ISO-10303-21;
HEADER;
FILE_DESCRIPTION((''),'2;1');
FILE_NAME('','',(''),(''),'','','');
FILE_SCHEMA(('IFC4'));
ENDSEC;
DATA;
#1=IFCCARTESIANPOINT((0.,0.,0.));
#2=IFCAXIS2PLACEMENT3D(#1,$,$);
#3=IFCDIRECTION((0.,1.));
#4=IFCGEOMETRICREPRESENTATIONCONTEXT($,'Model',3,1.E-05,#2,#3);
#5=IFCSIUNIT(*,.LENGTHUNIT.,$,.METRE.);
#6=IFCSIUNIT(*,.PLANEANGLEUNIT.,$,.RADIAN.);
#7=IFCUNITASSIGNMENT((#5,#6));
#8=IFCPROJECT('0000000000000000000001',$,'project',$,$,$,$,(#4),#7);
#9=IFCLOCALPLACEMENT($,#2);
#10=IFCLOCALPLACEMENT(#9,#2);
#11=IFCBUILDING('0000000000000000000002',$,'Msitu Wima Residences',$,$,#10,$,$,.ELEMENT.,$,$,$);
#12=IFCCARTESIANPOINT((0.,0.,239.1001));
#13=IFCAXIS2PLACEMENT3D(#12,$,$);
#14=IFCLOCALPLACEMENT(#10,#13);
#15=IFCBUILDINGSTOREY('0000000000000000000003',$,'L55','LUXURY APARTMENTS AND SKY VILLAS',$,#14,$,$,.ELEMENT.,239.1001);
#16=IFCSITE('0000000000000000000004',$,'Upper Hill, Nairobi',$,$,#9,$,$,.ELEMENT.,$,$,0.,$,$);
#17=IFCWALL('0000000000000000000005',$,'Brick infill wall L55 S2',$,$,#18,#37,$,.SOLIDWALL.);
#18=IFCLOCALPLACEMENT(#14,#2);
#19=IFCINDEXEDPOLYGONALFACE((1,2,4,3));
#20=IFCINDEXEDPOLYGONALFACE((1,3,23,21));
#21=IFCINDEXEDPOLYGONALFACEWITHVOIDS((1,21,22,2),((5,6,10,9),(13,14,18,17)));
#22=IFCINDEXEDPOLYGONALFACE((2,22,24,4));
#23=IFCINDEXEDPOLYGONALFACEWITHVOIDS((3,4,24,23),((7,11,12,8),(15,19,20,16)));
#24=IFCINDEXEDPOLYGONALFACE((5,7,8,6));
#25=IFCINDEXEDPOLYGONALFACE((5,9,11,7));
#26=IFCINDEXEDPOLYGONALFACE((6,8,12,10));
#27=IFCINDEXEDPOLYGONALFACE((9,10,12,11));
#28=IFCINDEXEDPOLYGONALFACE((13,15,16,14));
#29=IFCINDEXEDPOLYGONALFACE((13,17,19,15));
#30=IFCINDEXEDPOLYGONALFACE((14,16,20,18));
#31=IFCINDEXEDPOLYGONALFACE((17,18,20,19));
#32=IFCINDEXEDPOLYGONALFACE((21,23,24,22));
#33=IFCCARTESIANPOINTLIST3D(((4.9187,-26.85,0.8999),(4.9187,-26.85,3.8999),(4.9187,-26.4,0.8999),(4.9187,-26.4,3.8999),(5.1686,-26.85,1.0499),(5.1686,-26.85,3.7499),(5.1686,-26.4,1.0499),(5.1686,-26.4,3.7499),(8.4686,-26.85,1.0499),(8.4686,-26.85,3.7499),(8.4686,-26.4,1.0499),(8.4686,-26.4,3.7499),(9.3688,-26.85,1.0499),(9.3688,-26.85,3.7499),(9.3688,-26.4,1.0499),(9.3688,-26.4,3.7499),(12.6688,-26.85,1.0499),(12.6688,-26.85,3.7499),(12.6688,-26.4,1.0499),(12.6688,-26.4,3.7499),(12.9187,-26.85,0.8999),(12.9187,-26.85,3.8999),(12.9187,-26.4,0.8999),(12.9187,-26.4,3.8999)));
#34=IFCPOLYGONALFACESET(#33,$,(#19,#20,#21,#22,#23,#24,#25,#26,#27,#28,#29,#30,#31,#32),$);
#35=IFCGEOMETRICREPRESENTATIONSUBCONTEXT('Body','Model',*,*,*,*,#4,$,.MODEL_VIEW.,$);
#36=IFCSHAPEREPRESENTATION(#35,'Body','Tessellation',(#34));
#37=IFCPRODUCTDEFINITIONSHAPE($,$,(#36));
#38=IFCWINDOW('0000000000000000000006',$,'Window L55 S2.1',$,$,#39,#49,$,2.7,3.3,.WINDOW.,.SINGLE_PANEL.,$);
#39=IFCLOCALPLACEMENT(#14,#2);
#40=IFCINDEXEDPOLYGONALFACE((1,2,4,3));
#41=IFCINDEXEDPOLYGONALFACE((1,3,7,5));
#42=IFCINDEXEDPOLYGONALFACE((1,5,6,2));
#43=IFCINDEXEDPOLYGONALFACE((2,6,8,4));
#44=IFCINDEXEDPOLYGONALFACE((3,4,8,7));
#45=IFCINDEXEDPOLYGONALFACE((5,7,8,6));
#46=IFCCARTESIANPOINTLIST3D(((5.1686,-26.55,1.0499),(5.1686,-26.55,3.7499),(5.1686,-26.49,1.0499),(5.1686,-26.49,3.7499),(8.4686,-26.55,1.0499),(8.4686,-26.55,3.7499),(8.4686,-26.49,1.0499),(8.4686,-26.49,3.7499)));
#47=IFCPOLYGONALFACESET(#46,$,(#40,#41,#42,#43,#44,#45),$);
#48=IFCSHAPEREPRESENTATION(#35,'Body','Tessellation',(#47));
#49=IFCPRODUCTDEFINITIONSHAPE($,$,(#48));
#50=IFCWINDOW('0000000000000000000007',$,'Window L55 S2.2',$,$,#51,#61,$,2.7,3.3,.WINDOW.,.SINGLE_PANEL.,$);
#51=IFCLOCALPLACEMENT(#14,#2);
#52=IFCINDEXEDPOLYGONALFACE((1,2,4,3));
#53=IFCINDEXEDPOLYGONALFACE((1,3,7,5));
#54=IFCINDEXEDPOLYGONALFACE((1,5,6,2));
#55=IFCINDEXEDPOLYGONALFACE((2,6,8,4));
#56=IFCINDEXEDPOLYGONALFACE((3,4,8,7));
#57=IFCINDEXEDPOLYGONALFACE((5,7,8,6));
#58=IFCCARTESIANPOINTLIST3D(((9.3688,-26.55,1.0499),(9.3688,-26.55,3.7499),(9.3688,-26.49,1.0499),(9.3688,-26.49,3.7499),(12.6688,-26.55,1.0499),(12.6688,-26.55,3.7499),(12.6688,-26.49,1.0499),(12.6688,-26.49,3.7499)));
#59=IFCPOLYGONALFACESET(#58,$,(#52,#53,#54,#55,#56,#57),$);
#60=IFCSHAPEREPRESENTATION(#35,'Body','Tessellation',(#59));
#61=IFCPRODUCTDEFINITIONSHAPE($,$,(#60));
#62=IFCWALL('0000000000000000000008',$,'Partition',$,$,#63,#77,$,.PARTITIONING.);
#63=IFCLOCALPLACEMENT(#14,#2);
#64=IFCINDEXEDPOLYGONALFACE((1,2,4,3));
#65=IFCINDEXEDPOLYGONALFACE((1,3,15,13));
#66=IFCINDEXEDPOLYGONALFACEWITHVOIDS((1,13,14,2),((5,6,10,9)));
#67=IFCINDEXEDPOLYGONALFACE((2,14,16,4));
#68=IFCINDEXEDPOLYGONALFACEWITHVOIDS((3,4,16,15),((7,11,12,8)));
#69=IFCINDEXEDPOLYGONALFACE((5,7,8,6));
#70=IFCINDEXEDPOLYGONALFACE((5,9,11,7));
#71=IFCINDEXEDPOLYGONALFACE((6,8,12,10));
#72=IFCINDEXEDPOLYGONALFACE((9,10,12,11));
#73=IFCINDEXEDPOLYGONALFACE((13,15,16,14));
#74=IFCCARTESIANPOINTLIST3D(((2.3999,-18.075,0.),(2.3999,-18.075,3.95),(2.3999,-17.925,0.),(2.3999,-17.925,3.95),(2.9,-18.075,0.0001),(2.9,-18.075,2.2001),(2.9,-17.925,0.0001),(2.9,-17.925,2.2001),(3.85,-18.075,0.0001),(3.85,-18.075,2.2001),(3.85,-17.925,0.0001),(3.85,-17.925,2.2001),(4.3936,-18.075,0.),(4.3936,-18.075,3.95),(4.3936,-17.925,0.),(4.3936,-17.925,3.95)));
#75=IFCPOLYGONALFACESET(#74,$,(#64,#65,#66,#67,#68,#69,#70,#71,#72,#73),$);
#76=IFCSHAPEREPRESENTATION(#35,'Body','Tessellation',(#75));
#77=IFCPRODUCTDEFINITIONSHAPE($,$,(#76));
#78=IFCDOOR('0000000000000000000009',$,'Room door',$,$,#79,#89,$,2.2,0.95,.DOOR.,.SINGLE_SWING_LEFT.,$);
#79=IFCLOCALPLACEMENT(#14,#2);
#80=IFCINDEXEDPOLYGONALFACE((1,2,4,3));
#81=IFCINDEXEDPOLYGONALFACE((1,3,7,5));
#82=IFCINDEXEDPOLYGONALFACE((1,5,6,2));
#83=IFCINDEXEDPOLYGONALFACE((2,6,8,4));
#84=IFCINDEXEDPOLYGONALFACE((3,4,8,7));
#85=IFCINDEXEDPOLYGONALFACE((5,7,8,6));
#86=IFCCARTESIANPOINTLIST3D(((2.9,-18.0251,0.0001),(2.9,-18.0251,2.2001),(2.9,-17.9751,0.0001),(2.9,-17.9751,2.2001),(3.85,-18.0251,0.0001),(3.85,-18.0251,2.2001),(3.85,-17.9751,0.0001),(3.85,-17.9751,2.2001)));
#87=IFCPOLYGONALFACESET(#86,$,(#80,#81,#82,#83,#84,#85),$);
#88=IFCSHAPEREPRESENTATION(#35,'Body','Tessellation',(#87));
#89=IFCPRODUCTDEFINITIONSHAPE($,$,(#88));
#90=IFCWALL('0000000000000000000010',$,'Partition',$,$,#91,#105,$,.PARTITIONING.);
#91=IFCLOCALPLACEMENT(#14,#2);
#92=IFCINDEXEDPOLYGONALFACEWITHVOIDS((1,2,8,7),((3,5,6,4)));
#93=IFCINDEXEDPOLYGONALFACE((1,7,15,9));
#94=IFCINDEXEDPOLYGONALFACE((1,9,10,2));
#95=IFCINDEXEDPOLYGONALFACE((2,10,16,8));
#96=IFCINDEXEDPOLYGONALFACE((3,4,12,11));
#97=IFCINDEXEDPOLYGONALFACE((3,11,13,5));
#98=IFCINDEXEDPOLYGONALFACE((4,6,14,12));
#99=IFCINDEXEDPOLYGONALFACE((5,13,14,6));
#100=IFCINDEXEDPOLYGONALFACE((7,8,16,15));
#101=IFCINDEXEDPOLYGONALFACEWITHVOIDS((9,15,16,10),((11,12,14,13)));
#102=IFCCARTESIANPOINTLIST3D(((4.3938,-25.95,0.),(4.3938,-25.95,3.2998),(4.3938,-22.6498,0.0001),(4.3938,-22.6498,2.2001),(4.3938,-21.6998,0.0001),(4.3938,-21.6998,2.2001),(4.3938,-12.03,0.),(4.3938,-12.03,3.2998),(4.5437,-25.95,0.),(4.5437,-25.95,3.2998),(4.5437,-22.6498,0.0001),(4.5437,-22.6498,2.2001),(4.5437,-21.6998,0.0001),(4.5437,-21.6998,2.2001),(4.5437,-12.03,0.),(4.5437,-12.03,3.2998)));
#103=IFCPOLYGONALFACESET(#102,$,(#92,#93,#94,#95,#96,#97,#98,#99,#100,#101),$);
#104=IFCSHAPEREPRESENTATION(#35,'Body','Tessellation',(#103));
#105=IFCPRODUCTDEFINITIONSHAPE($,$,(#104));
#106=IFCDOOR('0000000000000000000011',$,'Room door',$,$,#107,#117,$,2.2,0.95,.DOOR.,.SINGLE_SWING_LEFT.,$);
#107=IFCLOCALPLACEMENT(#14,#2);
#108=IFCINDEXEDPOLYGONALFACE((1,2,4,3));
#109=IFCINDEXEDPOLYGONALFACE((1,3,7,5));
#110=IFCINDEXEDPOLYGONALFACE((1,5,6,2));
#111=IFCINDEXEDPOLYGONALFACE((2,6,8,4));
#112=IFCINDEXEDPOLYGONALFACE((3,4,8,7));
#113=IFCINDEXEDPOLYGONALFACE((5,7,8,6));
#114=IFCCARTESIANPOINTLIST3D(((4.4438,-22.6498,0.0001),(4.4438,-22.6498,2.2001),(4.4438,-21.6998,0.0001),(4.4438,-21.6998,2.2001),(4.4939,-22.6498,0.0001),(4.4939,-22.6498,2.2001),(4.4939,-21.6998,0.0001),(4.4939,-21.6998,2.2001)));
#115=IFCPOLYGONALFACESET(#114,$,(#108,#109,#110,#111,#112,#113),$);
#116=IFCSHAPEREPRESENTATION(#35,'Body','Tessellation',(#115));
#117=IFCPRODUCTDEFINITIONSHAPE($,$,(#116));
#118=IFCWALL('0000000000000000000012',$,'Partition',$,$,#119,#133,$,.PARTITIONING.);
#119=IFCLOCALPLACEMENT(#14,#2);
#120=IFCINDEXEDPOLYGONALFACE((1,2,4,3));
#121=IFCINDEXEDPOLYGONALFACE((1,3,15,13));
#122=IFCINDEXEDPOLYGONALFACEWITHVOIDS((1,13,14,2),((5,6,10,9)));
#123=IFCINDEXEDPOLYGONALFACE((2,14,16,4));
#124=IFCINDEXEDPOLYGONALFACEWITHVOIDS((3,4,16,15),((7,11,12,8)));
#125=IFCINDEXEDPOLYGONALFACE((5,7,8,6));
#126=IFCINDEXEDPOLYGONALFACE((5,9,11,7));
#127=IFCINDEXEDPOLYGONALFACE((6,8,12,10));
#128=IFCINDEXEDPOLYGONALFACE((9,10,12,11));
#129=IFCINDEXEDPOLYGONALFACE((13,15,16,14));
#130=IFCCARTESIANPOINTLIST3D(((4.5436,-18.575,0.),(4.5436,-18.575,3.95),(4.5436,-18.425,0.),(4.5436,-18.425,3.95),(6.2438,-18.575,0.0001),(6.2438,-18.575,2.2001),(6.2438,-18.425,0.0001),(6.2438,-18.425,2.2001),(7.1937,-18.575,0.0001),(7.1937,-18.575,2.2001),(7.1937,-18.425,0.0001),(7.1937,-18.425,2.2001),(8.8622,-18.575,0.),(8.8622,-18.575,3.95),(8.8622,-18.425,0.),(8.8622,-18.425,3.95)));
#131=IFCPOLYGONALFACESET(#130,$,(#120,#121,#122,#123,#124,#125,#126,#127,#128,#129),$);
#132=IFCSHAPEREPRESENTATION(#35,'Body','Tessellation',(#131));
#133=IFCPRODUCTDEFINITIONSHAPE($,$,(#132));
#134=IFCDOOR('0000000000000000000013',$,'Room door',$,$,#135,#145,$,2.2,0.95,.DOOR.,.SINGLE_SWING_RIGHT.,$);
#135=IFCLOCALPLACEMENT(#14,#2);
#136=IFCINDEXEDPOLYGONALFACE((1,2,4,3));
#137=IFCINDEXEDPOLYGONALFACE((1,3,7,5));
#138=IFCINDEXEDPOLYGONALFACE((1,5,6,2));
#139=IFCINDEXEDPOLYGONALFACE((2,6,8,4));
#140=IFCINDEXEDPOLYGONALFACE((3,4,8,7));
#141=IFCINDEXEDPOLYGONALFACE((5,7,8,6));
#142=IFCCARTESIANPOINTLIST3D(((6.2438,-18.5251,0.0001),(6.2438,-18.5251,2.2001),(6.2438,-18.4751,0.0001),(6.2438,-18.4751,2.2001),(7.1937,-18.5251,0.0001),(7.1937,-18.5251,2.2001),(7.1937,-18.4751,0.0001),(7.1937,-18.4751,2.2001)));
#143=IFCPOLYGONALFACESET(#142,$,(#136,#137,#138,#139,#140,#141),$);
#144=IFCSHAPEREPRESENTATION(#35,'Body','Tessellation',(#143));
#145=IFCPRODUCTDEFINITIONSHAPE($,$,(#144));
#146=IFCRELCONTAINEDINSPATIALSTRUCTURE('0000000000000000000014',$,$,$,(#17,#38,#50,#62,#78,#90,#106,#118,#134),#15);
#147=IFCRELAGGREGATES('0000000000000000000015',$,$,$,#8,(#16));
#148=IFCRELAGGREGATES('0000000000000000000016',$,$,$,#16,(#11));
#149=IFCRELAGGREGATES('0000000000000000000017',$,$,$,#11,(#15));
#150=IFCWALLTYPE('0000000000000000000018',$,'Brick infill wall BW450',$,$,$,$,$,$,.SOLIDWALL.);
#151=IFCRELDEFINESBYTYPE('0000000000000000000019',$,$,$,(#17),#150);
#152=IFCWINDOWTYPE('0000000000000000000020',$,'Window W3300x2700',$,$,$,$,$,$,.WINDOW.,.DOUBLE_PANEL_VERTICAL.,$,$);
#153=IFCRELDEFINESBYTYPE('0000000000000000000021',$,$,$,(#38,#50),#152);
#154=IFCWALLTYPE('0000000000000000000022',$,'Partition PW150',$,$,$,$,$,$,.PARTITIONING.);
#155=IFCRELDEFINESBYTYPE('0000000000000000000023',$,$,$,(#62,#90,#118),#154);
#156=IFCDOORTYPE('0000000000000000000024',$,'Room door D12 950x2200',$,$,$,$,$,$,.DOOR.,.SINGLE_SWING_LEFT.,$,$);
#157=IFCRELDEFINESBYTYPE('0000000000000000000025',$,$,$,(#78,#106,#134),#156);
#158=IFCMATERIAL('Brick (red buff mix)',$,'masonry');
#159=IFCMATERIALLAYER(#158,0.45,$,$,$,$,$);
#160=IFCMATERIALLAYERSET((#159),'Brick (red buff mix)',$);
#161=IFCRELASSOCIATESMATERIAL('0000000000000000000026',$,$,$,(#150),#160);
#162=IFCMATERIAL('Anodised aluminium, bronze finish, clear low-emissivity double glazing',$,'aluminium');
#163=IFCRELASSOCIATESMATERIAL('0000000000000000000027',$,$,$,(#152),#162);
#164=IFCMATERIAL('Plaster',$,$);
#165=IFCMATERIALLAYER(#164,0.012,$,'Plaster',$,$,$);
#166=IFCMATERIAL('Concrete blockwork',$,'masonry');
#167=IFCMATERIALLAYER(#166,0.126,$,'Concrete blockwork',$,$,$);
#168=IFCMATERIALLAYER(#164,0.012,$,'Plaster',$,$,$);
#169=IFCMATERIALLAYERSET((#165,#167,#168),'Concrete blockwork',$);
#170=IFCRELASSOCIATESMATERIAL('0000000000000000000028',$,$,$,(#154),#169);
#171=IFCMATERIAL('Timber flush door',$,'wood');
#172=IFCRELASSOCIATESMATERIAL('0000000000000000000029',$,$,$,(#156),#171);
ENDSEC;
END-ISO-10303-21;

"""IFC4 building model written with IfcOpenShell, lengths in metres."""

from ifc_helpers import new_model, si_unit, direction, frame, frame_2d, origin, place, context, subcontext, project, spatial, rectangle, extrude, material, layer, layer_set, type_object, element, fill, save


model = new_model("IFC4")

# Units and contexts
model_context = context("Model", 3, precision=1e-05, world=origin(), true_north=direction((0.0, 1.0)))
body_context = subcontext(model_context, "Body", "Model", "MODEL_VIEW")
ifc_project = project(units=[si_unit("LENGTHUNIT", "METRE"), si_unit("PLANEANGLEUNIT", "RADIAN")], contexts=[model_context])

# Site, building, storey
site_placement = place(None, origin())
site = spatial("IfcSite", under=ifc_project, at=site_placement, Name="Upper Hill, Nairobi", CompositionType="ELEMENT", RefElevation=0.0)
building_placement = place(site_placement, origin())
building = spatial("IfcBuilding", under=site, at=building_placement, Name="Msitu Wima Residences", CompositionType="ELEMENT")
storey_placement = place(building_placement, frame((0.0, 0.0, 239.1001)))
storey = spatial("IfcBuildingStorey", under=building, at=storey_placement, Name="L55", Description="LUXURY APARTMENTS AND SKY VILLAS", CompositionType="ELEMENT", Elevation=239.1001)

# Wall, openings, windows
ifc_material_1 = material(Name="Brick (red buff mix)", Category="masonry")
ifc_layer_1 = layer(ifc_material_1, 0.45)
ifc_layer_set_1 = layer_set([ifc_layer_1], Name="Brick (red buff mix)")
wall_type_1 = type_object("IfcWallType", Name="Brick infill wall BW450", PredefinedType="SOLIDWALL", material=ifc_layer_set_1)
wall_1_placement = place(storey_placement, frame((4.9187, -26.625, 0.8999), z_axis=(0.0, 0.0, 1.0), x_axis=(1.0, 0.0, 0.0)))
wall_1 = element("IfcWall", 1, at=wall_1_placement, inside=storey, type_object=wall_type_1, Name="Brick infill wall L55 S2", PredefinedType="SOLIDWALL", context=body_context, shape_type="SweptSolid", body=[
    extrude(rectangle(XDim=8.0, YDim=0.45, at=frame_2d((4.0, 0.0))), origin(), (0.0, 0.0, 1.0), 3.0),
])
opening_1_placement = place(wall_1_placement, frame((0.25, 0.0, 0.1499)))
opening_1 = element("IfcOpeningElement", 2, at=opening_1_placement, cuts=wall_1, PredefinedType="OPENING", context=body_context, shape_type="SweptSolid", body=[
    extrude(rectangle(XDim=3.3, YDim=2.7, at=frame_2d((1.6499, 1.3501))), frame((0.0, 0.2349, 0.0), z_axis=(0.0, -1.0, 0.0), x_axis=(1.0, 0.0, 0.0)), (0.0, 0.0, 1.0), 0.47),
])
opening_2_placement = place(wall_1_placement, frame((4.4502, 0.0, 0.1499)))
opening_2 = element("IfcOpeningElement", 3, at=opening_2_placement, cuts=wall_1, PredefinedType="OPENING", context=body_context, shape_type="SweptSolid", body=[
    extrude(rectangle(XDim=3.3, YDim=2.7, at=frame_2d((1.6499, 1.3501))), frame((0.0, 0.2349, 0.0), z_axis=(0.0, -1.0, 0.0), x_axis=(1.0, 0.0, 0.0)), (0.0, 0.0, 1.0), 0.47),
])
ifc_material_2 = material(Name="Anodised aluminium, bronze finish, clear low-emissivity double glazing", Category="aluminium")
window_type = type_object("IfcWindowType", Name="Window W3300x2700", PartitioningType="DOUBLE_PANEL_VERTICAL", PredefinedType="WINDOW", material=ifc_material_2)
window_1_placement = place(opening_1_placement, origin())
window_1 = element("IfcWindow", 4, at=window_1_placement, inside=storey, type_object=window_type, Name="Window L55 S2.1", OverallHeight=2.7, OverallWidth=3.3, PartitioningType="SINGLE_PANEL", PredefinedType="WINDOW", context=body_context, shape_type="SweptSolid", body=[
    extrude(rectangle(XDim=3.3, YDim=2.7, at=frame_2d((1.6499, 1.3501))), frame((0.0, 0.135, 0.0), z_axis=(0.0, -1.0, 0.0), x_axis=(1.0, 0.0, 0.0)), (0.0, 0.0, 1.0), 0.0601),
])
fill(opening_1, window_1)
window_2_placement = place(opening_2_placement, origin())
window_2 = element("IfcWindow", 5, at=window_2_placement, inside=storey, type_object=window_type, Name="Window L55 S2.2", OverallHeight=2.7, OverallWidth=3.3, PartitioningType="SINGLE_PANEL", PredefinedType="WINDOW", context=body_context, shape_type="SweptSolid", body=[
    extrude(rectangle(XDim=3.3, YDim=2.7, at=frame_2d((1.6499, 1.3501))), frame((0.0, 0.135, 0.0), z_axis=(0.0, -1.0, 0.0), x_axis=(1.0, 0.0, 0.0)), (0.0, 0.0, 1.0), 0.0601),
])
fill(opening_2, window_2)

# Walls, openings, doors
ifc_material_3 = material(Name="Plaster")
ifc_layer_2 = layer(ifc_material_3, 0.012, Name="Plaster")
ifc_material_4 = material(Name="Concrete blockwork", Category="masonry")
ifc_layer_3 = layer(ifc_material_4, 0.126, Name="Concrete blockwork")
ifc_layer_4 = layer(ifc_material_3, 0.012, Name="Plaster")
ifc_layer_set_2 = layer_set([ifc_layer_2, ifc_layer_3, ifc_layer_4], Name="Concrete blockwork")
wall_type_2 = type_object("IfcWallType", Name="Partition PW150", PredefinedType="PARTITIONING", material=ifc_layer_set_2)
wall_2_placement = place(storey_placement, frame((2.3999, -18.0, 0.0), z_axis=(0.0, 0.0, 1.0), x_axis=(1.0, 0.0, 0.0)))
wall_2 = element("IfcWall", 6, at=wall_2_placement, inside=storey, type_object=wall_type_2, Name="Partition", PredefinedType="PARTITIONING", context=body_context, shape_type="SweptSolid", body=[
    extrude(rectangle(XDim=1.9937, YDim=0.1499, at=frame_2d((0.9968, 0.0))), origin(), (0.0, 0.0, 1.0), 3.95),
])
opening_3_placement = place(wall_2_placement, frame((0.5, 0.0, 0.0)))
opening_3 = element("IfcOpeningElement", 7, at=opening_3_placement, cuts=wall_2, PredefinedType="OPENING", context=body_context, shape_type="SweptSolid", body=[
    extrude(rectangle(XDim=0.95, YDim=2.2, at=frame_2d((0.4751, 1.1001))), frame((0.0, 0.085, 0.0), z_axis=(0.0, -1.0, 0.0), x_axis=(1.0, 0.0, 0.0)), (0.0, 0.0, 1.0), 0.1699),
])
ifc_material_5 = material(Name="Timber flush door", Category="wood")
door_type_1 = type_object("IfcDoorType", Name="Room door D12 950x2200", OperationType="SINGLE_SWING_LEFT", PredefinedType="DOOR", material=ifc_material_5)
door_1_placement = place(opening_3_placement, origin())
door_1 = element("IfcDoor", 8, at=door_1_placement, inside=storey, type_object=door_type_1, Name="Room door", OperationType="SINGLE_SWING_LEFT", OverallHeight=2.2, OverallWidth=0.95, PredefinedType="DOOR", context=body_context, shape_type="SweptSolid", body=[
    extrude(rectangle(XDim=0.95, YDim=2.2, at=frame_2d((0.4751, 1.1001))), frame((0.0, 0.0249, 0.0), z_axis=(0.0, -1.0, 0.0), x_axis=(1.0, 0.0, 0.0)), (0.0, 0.0, 1.0), 0.05),
])
fill(opening_3, door_1)
wall_3_placement = place(storey_placement, frame((4.4688, -25.95, 0.0), z_axis=(0.0, 0.0, 1.0), x_axis=(0.0, 1.0, 0.0)))
wall_3 = element("IfcWall", 9, at=wall_3_placement, inside=storey, type_object=wall_type_2, Name="Partition", PredefinedType="PARTITIONING", context=body_context, shape_type="SweptSolid", body=[
    extrude(rectangle(XDim=13.9199, YDim=0.1499, at=frame_2d((6.96, 0.0))), origin(), (0.0, 0.0, 1.0), 3.2998),
])
opening_4_placement = place(wall_3_placement, frame((3.3, 0.0, 0.0)))
opening_4 = element("IfcOpeningElement", 10, at=opening_4_placement, cuts=wall_3, PredefinedType="OPENING", context=body_context, shape_type="SweptSolid", body=[
    extrude(rectangle(XDim=0.95, YDim=2.2, at=frame_2d((0.4751, 1.1001))), frame((0.0, 0.085, 0.0), z_axis=(0.0, -1.0, 0.0), x_axis=(1.0, 0.0, 0.0)), (0.0, 0.0, 1.0), 0.1699),
])
door_2_placement = place(opening_4_placement, origin())
door_2 = element("IfcDoor", 11, at=door_2_placement, inside=storey, type_object=door_type_1, Name="Room door", OperationType="SINGLE_SWING_LEFT", OverallHeight=2.2, OverallWidth=0.95, PredefinedType="DOOR", context=body_context, shape_type="SweptSolid", body=[
    extrude(rectangle(XDim=0.95, YDim=2.2, at=frame_2d((0.4751, 1.1001))), frame((0.0, 0.0249, 0.0), z_axis=(0.0, -1.0, 0.0), x_axis=(1.0, 0.0, 0.0)), (0.0, 0.0, 1.0), 0.05),
])
fill(opening_4, door_2)
wall_4_placement = place(storey_placement, frame((4.5437, -18.5, 0.0), z_axis=(0.0, 0.0, 1.0), x_axis=(1.0, 0.0, 0.0)))
wall_4 = element("IfcWall", 12, at=wall_4_placement, inside=storey, type_object=wall_type_2, Name="Partition", PredefinedType="PARTITIONING", context=body_context, shape_type="SweptSolid", body=[
    extrude(rectangle(XDim=4.3186, YDim=0.1499, at=frame_2d((2.1592, 0.0))), origin(), (0.0, 0.0, 1.0), 3.95),
])
opening_5_placement = place(wall_4_placement, frame((1.7, 0.0, 0.0)))
opening_5 = element("IfcOpeningElement", 13, at=opening_5_placement, cuts=wall_4, PredefinedType="OPENING", context=body_context, shape_type="SweptSolid", body=[
    extrude(rectangle(XDim=0.95, YDim=2.2, at=frame_2d((0.4751, 1.1001))), frame((0.0, 0.085, 0.0), z_axis=(0.0, -1.0, 0.0), x_axis=(1.0, 0.0, 0.0)), (0.0, 0.0, 1.0), 0.1699),
])
door_3_placement = place(opening_5_placement, origin())
door_3 = element("IfcDoor", 14, at=door_3_placement, inside=storey, type_object=door_type_1, Name="Room door", OperationType="SINGLE_SWING_RIGHT", OverallHeight=2.2, OverallWidth=0.95, PredefinedType="DOOR", context=body_context, shape_type="SweptSolid", body=[
    extrude(rectangle(XDim=0.95, YDim=2.2, at=frame_2d((0.4751, 1.1001))), frame((0.0, 0.0249, 0.0), z_axis=(0.0, -1.0, 0.0), x_axis=(1.0, 0.0, 0.0)), (0.0, 0.0, 1.0), 0.05),
])
fill(opening_5, door_3)

save(model, "model.ifc")
